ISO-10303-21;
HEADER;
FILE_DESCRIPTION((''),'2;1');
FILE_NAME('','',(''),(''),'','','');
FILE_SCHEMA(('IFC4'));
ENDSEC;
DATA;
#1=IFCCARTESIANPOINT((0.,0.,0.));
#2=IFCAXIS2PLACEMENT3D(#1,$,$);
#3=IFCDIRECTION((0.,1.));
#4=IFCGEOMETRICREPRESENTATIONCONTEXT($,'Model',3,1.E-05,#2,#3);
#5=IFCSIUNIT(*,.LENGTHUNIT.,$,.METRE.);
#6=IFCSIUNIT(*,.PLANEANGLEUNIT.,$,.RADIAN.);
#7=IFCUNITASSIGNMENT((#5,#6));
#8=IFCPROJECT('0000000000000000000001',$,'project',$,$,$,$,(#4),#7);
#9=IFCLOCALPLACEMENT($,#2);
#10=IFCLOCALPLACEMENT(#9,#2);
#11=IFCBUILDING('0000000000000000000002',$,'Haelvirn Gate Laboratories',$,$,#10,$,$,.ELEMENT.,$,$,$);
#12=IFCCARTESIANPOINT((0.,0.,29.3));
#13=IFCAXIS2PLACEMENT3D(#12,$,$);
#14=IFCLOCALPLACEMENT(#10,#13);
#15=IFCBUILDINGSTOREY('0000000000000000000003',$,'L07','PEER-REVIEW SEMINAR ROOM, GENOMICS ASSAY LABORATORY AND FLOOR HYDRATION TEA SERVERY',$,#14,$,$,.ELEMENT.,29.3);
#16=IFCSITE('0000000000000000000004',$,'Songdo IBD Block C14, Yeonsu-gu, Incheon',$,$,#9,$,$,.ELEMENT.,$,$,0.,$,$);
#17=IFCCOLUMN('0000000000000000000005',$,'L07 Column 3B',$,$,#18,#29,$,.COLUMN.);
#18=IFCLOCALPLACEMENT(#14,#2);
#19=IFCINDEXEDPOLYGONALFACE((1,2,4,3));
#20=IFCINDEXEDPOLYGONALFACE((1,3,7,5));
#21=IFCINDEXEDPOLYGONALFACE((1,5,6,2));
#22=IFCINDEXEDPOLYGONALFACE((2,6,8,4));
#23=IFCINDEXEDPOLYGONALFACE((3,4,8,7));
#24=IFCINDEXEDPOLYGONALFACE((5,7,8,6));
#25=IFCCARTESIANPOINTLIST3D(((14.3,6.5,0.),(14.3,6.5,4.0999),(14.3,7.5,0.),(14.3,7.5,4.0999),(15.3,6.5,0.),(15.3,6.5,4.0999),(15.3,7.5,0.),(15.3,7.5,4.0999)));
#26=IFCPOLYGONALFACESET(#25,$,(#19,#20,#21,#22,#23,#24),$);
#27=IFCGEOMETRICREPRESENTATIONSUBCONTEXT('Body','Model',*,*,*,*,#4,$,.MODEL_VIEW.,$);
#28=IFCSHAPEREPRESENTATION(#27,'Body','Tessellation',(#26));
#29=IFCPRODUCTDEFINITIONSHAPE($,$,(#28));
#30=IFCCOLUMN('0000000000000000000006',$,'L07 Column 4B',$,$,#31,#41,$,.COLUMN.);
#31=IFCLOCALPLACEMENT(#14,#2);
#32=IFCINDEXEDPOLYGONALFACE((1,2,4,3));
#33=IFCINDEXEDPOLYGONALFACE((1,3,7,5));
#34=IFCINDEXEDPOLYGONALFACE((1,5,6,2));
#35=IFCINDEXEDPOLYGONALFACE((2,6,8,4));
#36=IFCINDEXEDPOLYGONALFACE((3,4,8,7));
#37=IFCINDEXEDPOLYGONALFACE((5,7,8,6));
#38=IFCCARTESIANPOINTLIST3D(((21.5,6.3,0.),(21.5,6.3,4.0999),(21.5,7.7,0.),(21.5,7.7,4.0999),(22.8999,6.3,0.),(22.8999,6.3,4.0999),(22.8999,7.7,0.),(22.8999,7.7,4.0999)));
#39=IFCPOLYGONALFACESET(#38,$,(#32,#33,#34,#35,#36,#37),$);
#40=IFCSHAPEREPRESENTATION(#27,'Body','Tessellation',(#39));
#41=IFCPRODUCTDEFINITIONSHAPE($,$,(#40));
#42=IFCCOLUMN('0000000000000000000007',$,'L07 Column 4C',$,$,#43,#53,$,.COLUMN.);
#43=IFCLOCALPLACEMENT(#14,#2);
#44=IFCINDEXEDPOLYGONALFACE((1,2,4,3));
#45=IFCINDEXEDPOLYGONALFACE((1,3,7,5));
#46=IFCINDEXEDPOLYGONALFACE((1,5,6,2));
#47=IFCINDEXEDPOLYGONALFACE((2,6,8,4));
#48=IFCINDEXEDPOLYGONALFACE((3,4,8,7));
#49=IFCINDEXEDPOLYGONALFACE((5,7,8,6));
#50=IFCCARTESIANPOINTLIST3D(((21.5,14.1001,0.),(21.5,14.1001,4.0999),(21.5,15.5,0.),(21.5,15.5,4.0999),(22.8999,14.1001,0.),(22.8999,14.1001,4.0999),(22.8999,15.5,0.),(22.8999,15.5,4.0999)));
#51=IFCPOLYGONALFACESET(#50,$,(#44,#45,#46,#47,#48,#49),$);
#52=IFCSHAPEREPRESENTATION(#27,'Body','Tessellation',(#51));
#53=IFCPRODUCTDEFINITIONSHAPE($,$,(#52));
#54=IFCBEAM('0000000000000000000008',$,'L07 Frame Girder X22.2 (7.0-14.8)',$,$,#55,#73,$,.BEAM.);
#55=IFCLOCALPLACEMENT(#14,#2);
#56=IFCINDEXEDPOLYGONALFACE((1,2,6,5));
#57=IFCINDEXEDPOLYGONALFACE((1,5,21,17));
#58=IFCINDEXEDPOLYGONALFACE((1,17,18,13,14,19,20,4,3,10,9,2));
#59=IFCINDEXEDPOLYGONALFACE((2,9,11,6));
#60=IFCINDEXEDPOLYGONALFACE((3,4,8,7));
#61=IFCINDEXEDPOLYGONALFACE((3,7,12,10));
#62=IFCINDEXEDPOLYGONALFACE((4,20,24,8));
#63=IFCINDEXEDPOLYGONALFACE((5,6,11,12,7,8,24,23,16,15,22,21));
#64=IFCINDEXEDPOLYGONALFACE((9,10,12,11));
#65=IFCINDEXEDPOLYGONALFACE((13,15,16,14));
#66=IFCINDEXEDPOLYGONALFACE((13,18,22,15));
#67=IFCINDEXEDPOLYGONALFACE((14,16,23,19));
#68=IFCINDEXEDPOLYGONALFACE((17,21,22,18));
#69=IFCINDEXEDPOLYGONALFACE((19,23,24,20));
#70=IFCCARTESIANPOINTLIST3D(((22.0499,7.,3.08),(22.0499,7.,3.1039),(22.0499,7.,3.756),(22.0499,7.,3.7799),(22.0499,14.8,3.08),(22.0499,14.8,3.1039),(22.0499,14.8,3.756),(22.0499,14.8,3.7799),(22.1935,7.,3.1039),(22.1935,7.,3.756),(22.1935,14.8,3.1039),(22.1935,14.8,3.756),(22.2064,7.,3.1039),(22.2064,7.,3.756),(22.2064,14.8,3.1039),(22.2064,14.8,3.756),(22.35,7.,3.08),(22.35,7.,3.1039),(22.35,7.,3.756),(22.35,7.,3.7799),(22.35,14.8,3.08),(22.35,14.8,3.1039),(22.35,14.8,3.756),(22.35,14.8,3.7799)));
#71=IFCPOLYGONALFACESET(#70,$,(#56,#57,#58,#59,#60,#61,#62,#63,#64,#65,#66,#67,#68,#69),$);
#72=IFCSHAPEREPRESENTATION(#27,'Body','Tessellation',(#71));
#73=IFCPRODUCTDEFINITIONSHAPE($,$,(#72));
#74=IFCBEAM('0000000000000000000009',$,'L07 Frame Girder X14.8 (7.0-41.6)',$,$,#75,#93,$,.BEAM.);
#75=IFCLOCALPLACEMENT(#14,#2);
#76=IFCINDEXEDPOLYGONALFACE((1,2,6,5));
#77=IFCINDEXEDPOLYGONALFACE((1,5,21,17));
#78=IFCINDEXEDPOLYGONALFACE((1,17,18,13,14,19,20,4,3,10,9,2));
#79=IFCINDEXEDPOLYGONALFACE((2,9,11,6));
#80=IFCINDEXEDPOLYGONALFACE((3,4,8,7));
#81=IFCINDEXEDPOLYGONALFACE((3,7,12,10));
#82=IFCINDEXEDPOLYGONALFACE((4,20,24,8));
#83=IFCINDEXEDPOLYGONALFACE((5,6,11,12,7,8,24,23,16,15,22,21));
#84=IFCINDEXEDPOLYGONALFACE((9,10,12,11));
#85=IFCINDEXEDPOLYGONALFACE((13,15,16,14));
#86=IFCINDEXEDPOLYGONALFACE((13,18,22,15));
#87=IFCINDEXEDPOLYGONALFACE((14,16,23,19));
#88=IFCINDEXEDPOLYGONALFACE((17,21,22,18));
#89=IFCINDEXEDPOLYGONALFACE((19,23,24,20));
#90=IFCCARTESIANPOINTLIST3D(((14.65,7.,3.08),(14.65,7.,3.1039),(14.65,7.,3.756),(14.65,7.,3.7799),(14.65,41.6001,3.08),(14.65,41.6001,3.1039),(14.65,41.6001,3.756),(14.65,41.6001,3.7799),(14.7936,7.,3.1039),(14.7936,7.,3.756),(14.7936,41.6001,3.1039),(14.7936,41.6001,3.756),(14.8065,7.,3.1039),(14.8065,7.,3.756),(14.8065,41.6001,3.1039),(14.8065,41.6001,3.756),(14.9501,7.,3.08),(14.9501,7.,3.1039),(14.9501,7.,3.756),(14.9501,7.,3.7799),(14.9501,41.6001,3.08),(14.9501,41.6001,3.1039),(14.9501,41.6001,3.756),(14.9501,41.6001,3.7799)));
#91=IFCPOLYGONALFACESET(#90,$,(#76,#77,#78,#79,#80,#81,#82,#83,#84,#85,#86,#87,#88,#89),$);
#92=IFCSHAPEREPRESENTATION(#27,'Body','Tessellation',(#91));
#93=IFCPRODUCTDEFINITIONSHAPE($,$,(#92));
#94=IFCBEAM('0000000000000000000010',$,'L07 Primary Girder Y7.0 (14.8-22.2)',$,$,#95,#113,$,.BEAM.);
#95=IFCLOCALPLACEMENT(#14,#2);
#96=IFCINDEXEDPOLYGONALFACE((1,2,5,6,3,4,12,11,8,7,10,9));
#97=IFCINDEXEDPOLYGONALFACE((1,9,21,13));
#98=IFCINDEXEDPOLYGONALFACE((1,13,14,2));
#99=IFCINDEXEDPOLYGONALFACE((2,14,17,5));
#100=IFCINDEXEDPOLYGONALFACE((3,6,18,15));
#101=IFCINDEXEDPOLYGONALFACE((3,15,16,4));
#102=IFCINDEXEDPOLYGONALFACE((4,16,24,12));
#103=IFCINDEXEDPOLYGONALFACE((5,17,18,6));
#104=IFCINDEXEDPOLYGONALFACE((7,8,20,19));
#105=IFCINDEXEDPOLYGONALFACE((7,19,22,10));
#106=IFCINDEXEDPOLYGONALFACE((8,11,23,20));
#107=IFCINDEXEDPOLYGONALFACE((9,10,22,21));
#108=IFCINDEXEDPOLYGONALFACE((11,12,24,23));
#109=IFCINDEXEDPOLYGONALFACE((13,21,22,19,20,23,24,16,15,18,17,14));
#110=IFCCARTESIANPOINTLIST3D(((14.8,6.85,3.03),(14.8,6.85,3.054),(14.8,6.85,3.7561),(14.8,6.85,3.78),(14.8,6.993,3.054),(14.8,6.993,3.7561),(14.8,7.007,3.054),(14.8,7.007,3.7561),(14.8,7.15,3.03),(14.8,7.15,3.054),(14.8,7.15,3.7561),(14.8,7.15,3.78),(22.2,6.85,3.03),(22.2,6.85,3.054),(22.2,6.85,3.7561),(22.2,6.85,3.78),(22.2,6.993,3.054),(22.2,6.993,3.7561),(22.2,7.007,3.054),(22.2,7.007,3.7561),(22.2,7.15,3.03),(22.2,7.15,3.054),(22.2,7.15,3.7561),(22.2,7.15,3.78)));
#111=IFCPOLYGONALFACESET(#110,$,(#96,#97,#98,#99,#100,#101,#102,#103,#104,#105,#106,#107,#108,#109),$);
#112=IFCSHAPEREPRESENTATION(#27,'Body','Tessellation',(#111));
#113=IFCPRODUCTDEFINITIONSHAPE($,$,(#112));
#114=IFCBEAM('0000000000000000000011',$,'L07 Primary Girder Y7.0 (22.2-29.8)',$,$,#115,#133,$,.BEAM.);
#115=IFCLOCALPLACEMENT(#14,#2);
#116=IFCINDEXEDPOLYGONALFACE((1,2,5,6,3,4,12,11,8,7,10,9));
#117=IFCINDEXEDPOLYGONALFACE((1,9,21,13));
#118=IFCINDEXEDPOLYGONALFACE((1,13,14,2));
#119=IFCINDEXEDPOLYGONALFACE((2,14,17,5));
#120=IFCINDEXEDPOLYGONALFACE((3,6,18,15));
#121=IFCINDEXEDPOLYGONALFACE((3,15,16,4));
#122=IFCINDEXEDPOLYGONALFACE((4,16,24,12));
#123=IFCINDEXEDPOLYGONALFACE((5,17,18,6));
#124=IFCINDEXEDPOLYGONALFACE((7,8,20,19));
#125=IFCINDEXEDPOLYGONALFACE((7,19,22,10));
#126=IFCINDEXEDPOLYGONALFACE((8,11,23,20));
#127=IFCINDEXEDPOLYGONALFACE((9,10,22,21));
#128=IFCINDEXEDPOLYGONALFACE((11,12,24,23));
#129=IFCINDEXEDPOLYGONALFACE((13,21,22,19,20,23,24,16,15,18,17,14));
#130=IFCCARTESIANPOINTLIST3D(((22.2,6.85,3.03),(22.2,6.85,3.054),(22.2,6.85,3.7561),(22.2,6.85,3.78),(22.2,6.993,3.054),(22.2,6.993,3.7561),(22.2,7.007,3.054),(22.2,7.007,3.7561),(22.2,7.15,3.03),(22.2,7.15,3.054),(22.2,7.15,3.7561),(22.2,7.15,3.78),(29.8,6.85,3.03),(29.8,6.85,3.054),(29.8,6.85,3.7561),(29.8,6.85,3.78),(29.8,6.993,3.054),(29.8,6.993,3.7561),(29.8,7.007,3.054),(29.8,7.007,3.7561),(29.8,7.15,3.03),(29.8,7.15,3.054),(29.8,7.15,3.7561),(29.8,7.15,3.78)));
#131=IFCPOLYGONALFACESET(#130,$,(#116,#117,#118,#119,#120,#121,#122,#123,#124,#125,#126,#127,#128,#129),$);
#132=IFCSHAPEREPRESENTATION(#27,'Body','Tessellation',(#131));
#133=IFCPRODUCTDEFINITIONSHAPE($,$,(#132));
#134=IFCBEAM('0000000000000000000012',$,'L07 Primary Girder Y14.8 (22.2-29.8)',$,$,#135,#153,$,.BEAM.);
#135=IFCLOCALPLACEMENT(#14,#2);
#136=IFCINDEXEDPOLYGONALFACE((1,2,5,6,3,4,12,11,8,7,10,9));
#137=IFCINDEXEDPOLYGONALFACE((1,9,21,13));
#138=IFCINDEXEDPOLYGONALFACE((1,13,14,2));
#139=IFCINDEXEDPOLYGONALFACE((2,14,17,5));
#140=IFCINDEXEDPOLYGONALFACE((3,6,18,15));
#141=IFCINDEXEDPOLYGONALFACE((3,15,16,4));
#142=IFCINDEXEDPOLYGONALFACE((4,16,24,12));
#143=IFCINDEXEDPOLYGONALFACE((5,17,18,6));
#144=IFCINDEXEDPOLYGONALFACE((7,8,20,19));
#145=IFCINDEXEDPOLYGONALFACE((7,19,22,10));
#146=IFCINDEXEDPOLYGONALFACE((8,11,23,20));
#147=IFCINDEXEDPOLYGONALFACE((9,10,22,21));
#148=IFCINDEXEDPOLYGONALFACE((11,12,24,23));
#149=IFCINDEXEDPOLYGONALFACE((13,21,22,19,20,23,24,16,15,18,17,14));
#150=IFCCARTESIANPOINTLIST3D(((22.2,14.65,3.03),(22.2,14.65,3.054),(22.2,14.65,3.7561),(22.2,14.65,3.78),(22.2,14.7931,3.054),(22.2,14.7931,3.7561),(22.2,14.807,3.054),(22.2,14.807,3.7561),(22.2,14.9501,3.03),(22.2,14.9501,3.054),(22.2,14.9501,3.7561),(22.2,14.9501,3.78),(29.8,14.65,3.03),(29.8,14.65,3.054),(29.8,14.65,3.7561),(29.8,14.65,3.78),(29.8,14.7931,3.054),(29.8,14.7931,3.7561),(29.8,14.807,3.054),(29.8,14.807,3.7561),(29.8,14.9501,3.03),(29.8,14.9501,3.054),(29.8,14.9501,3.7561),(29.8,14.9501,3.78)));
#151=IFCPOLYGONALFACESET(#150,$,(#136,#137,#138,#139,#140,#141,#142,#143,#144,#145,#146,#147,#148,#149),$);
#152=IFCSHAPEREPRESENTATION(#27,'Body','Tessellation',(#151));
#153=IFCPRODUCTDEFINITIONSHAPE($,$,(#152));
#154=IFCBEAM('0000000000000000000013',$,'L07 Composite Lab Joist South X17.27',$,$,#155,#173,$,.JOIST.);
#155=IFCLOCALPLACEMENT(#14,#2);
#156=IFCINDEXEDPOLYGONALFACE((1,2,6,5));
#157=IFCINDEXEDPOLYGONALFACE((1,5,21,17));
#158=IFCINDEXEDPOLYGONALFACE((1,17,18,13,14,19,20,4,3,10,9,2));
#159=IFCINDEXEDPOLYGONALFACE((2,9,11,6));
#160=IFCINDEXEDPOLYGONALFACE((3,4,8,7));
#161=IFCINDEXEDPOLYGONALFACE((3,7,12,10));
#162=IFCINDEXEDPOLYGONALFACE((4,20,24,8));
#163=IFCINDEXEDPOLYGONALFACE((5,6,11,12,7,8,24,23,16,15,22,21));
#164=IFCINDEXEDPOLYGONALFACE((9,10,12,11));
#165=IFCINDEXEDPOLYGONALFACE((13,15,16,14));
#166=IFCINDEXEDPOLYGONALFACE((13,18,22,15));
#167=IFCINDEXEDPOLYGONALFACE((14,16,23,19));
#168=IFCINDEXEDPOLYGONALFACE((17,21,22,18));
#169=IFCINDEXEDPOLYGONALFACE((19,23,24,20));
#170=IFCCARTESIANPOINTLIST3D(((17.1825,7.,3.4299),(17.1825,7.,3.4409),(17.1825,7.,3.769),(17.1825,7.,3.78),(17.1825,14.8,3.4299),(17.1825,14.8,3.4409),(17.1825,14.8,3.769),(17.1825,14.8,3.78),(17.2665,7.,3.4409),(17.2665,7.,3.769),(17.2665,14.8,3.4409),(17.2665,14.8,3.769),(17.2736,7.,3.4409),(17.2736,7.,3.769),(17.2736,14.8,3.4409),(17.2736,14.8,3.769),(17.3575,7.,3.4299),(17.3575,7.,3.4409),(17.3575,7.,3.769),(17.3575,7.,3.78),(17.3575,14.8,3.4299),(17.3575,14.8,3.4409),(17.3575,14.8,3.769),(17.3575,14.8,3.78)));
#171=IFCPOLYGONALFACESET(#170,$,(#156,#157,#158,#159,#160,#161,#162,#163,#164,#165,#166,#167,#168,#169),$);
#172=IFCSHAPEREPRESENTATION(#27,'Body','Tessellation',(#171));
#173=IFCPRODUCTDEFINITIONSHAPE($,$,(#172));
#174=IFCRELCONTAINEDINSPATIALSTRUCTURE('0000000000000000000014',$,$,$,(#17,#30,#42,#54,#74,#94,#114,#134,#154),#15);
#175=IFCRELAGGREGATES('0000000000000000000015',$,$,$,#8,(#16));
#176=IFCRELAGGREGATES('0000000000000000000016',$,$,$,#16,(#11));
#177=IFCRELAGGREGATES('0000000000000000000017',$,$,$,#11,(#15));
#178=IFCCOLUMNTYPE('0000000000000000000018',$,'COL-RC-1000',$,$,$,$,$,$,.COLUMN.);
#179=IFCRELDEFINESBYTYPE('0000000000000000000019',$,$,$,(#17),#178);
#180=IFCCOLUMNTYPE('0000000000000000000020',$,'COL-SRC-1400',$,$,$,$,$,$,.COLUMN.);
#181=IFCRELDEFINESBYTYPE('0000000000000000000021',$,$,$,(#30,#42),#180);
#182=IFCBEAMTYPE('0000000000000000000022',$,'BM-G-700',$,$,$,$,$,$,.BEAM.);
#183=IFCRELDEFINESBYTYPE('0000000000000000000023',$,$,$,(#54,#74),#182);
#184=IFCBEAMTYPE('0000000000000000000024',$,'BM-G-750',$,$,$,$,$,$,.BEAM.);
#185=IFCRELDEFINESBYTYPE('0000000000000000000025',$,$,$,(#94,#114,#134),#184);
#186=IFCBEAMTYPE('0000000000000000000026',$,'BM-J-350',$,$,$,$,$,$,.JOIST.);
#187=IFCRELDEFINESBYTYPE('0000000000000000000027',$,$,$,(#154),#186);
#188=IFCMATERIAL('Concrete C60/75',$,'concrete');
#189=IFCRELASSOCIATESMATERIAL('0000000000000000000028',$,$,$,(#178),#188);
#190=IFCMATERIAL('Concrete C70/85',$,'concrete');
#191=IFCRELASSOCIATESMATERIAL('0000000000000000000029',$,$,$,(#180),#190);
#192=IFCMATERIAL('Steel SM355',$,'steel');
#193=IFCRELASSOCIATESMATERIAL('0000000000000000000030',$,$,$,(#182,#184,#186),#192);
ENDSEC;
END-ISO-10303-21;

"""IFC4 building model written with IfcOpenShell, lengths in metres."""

from ifc_helpers import new_model, si_unit, direction, frame, origin, origin_2d, place, context, subcontext, project, spatial, rectangle, i_section, extrude, source, transform, mapped, material, material_profile, profile_set, type_object, type_shapes, element, save


model = new_model("IFC4")

# Units and contexts
model_context = context("Model", 3, precision=1e-05, world=origin(), true_north=direction((0.0, 1.0)))
body_context = subcontext(model_context, "Body", "Model", "MODEL_VIEW")
ifc_project = project(units=[si_unit("LENGTHUNIT", "METRE"), si_unit("PLANEANGLEUNIT", "RADIAN")], contexts=[model_context])

# Site, building, storey
site_placement = place(None, origin())
site = spatial("IfcSite", under=ifc_project, at=site_placement, Name="Songdo IBD Block C14, Yeonsu-gu, Incheon", CompositionType="ELEMENT", RefElevation=0.0)
building_placement = place(site_placement, origin())
building = spatial("IfcBuilding", under=site, at=building_placement, Name="Haelvirn Gate Laboratories", CompositionType="ELEMENT")
storey_placement = place(building_placement, frame((0.0, 0.0, 29.3)))
storey = spatial("IfcBuildingStorey", under=building, at=storey_placement, Name="L07", Description="PEER-REVIEW SEMINAR ROOM, GENOMICS ASSAY LABORATORY AND FLOOR HYDRATION TEA SERVERY", CompositionType="ELEMENT", Elevation=29.3)

# Columns
ifc_material_1 = material(Name="Concrete C60/75", Category="concrete")
ifc_material_profile_1 = material_profile(ifc_material_1, rectangle(XDim=1.0, YDim=1.0, at=origin_2d()), Name="RC-1000x1000")
ifc_profile_set_1 = profile_set([ifc_material_profile_1], Name="Concrete C60/75")
column_type_1 = type_object("IfcColumnType", Name="COL-RC-1000", PredefinedType="COLUMN", material=ifc_profile_set_1)
shared_shape_1 = source(origin(), body_context, "Body", "SweptSolid", [
    extrude(rectangle(XDim=1.0, YDim=1.0, at=origin_2d()), origin(), (0.0, 0.0, 1.0), 4.0999),
])
type_shapes(column_type_1, [shared_shape_1])
column_placement = place(storey_placement, frame((14.8, 7.0, 0.0), z_axis=(0.0, 0.0, 1.0), x_axis=(1.0, 0.0, 0.0)))
element("IfcColumn", 1, at=column_placement, inside=storey, type_object=column_type_1, Name="L07 Column 3B", PredefinedType="COLUMN", context=body_context, shape_type="MappedRepresentation", body=[
    mapped(shared_shape_1, transform((0.0, 0.0, 0.0), scale=1.0)),
])
ifc_material_2 = material(Name="Concrete C70/85", Category="concrete")
ifc_material_profile_2 = material_profile(ifc_material_2, rectangle(XDim=1.3999, YDim=1.3999, at=origin_2d()), Name="SRC-1400x1400")
ifc_profile_set_2 = profile_set([ifc_material_profile_2], Name="Concrete C70/85")
column_type_2 = type_object("IfcColumnType", Name="COL-SRC-1400", PredefinedType="COLUMN", material=ifc_profile_set_2)
shared_shape_2 = source(origin(), body_context, "Body", "SweptSolid", [
    extrude(rectangle(XDim=1.3999, YDim=1.3999, at=origin_2d()), origin(), (0.0, 0.0, 1.0), 4.0999),
])
type_shapes(column_type_2, [shared_shape_2])
for number, where, z_axis, x_axis, name in (
    (2, (22.2, 7.0, 0.0), (0.0, 0.0, 1.0), (1.0, 0.0, 0.0), "L07 Column 4B"),
    (3, (22.2, 14.8, 0.0), (0.0, 0.0, 1.0), (1.0, 0.0, 0.0), "L07 Column 4C"),
):
    element("IfcColumn", number, at=place(storey_placement, frame(where, z_axis=z_axis, x_axis=x_axis)), inside=storey, type_object=column_type_2, Name=name, PredefinedType="COLUMN", context=body_context, shape_type="MappedRepresentation", body=[
        mapped(shared_shape_2, transform((0.0, 0.0, 0.0), scale=1.0)),
    ])

# Beams
ifc_material_3 = material(Name="Steel SM355", Category="steel")
ifc_material_profile_3 = material_profile(ifc_material_3, i_section(OverallWidth=0.3, OverallDepth=0.7, WebThickness=0.0129, FlangeThickness=0.0239, at=origin_2d()), Name="H-700x300x13x24")
ifc_profile_set_3 = profile_set([ifc_material_profile_3], Name="Steel SM355")
beam_type_1 = type_object("IfcBeamType", Name="BM-G-700", PredefinedType="BEAM", material=ifc_profile_set_3)
shared_shape_3 = source(origin(), body_context, "Body", "SweptSolid", [
    extrude(i_section(OverallWidth=0.3, OverallDepth=0.7, WebThickness=0.0129, FlangeThickness=0.0239, at=origin_2d()), origin(), (0.0, 0.0, 1.0), 7.8),
])
beam_1_placement = place(storey_placement, frame((22.2, 7.0, 3.4299), z_axis=(0.0, 1.0, 0.0), x_axis=(-1.0, 0.0, 0.0)))
element("IfcBeam", 4, at=beam_1_placement, inside=storey, type_object=beam_type_1, Name="L07 Frame Girder X22.2 (7.0-14.8)", PredefinedType="BEAM", context=body_context, shape_type="MappedRepresentation", body=[
    mapped(shared_shape_3, transform((0.0, 0.0, 0.0), scale=1.0)),
])
shared_shape_4 = source(origin(), body_context, "Body", "SweptSolid", [
    extrude(i_section(OverallWidth=0.3, OverallDepth=0.7, WebThickness=0.0129, FlangeThickness=0.0239, at=origin_2d()), origin(), (0.0, 0.0, 1.0), 34.6001),
])
type_shapes(beam_type_1, [shared_shape_3, shared_shape_4])
beam_2_placement = place(storey_placement, frame((14.8, 7.0, 3.4299), z_axis=(0.0, 1.0, 0.0), x_axis=(-1.0, 0.0, 0.0)))
element("IfcBeam", 5, at=beam_2_placement, inside=storey, type_object=beam_type_1, Name="L07 Frame Girder X14.8 (7.0-41.6)", PredefinedType="BEAM", context=body_context, shape_type="MappedRepresentation", body=[
    mapped(shared_shape_4, transform((0.0, 0.0, 0.0), scale=1.0)),
])
ifc_material_profile_4 = material_profile(ifc_material_3, i_section(OverallWidth=0.3, OverallDepth=0.75, WebThickness=0.0139, FlangeThickness=0.0239, at=origin_2d()), Name="H-750x300x14x24")
ifc_profile_set_4 = profile_set([ifc_material_profile_4], Name="Steel SM355")
beam_type_2 = type_object("IfcBeamType", Name="BM-G-750", PredefinedType="BEAM", material=ifc_profile_set_4)
shared_shape_5 = source(origin(), body_context, "Body", "SweptSolid", [
    extrude(i_section(OverallWidth=0.3, OverallDepth=0.75, WebThickness=0.0139, FlangeThickness=0.0239, at=origin_2d()), origin(), (0.0, 0.0, 1.0), 7.3999),
])
beam_3_placement = place(storey_placement, frame((14.8, 7.0, 3.405), z_axis=(1.0, 0.0, 0.0), x_axis=(0.0, 1.0, 0.0)))
element("IfcBeam", 6, at=beam_3_placement, inside=storey, type_object=beam_type_2, Name="L07 Primary Girder Y7.0 (14.8-22.2)", PredefinedType="BEAM", context=body_context, shape_type="MappedRepresentation", body=[
    mapped(shared_shape_5, transform((0.0, 0.0, 0.0), scale=1.0)),
])
shared_shape_6 = source(origin(), body_context, "Body", "SweptSolid", [
    extrude(i_section(OverallWidth=0.3, OverallDepth=0.75, WebThickness=0.0139, FlangeThickness=0.0239, at=origin_2d()), origin(), (0.0, 0.0, 1.0), 7.6001),
])
type_shapes(beam_type_2, [shared_shape_5, shared_shape_6])
for number, where, z_axis, x_axis, name in (
    (7, (22.2, 7.0, 3.405), (1.0, 0.0, 0.0), (0.0, 1.0, 0.0), "L07 Primary Girder Y7.0 (22.2-29.8)"),
    (8, (22.2, 14.8, 3.405), (1.0, 0.0, 0.0), (0.0, 1.0, 0.0), "L07 Primary Girder Y14.8 (22.2-29.8)"),
):
    element("IfcBeam", number, at=place(storey_placement, frame(where, z_axis=z_axis, x_axis=x_axis)), inside=storey, type_object=beam_type_2, Name=name, PredefinedType="BEAM", context=body_context, shape_type="MappedRepresentation", body=[
        mapped(shared_shape_6, transform((0.0, 0.0, 0.0), scale=1.0)),
    ])
ifc_material_profile_5 = material_profile(ifc_material_3, i_section(OverallWidth=0.175, OverallDepth=0.3501, WebThickness=0.0071, FlangeThickness=0.011, at=origin_2d()), Name="H-350x175x7x11")
ifc_profile_set_5 = profile_set([ifc_material_profile_5], Name="Steel SM355")
beam_type_3 = type_object("IfcBeamType", Name="BM-J-350", PredefinedType="JOIST", material=ifc_profile_set_5)
shared_shape_7 = source(origin(), body_context, "Body", "SweptSolid", [
    extrude(i_section(OverallWidth=0.175, OverallDepth=0.3501, WebThickness=0.0071, FlangeThickness=0.011, at=origin_2d()), origin(), (0.0, 0.0, 1.0), 7.8),
])
type_shapes(beam_type_3, [shared_shape_7])
for number, where, z_axis, x_axis, name in (
    (9, (17.27, 7.0, 3.605), (0.0, 1.0, 0.0), (-1.0, 0.0, 0.0), "L07 Composite Lab Joist South X17.27"),
):
    element("IfcBeam", number, at=place(storey_placement, frame(where, z_axis=z_axis, x_axis=x_axis)), inside=storey, type_object=beam_type_3, Name=name, PredefinedType="JOIST", context=body_context, shape_type="MappedRepresentation", body=[
        mapped(shared_shape_7, transform((0.0, 0.0, 0.0), scale=1.0)),
    ])

save(model, "model.ifc")
